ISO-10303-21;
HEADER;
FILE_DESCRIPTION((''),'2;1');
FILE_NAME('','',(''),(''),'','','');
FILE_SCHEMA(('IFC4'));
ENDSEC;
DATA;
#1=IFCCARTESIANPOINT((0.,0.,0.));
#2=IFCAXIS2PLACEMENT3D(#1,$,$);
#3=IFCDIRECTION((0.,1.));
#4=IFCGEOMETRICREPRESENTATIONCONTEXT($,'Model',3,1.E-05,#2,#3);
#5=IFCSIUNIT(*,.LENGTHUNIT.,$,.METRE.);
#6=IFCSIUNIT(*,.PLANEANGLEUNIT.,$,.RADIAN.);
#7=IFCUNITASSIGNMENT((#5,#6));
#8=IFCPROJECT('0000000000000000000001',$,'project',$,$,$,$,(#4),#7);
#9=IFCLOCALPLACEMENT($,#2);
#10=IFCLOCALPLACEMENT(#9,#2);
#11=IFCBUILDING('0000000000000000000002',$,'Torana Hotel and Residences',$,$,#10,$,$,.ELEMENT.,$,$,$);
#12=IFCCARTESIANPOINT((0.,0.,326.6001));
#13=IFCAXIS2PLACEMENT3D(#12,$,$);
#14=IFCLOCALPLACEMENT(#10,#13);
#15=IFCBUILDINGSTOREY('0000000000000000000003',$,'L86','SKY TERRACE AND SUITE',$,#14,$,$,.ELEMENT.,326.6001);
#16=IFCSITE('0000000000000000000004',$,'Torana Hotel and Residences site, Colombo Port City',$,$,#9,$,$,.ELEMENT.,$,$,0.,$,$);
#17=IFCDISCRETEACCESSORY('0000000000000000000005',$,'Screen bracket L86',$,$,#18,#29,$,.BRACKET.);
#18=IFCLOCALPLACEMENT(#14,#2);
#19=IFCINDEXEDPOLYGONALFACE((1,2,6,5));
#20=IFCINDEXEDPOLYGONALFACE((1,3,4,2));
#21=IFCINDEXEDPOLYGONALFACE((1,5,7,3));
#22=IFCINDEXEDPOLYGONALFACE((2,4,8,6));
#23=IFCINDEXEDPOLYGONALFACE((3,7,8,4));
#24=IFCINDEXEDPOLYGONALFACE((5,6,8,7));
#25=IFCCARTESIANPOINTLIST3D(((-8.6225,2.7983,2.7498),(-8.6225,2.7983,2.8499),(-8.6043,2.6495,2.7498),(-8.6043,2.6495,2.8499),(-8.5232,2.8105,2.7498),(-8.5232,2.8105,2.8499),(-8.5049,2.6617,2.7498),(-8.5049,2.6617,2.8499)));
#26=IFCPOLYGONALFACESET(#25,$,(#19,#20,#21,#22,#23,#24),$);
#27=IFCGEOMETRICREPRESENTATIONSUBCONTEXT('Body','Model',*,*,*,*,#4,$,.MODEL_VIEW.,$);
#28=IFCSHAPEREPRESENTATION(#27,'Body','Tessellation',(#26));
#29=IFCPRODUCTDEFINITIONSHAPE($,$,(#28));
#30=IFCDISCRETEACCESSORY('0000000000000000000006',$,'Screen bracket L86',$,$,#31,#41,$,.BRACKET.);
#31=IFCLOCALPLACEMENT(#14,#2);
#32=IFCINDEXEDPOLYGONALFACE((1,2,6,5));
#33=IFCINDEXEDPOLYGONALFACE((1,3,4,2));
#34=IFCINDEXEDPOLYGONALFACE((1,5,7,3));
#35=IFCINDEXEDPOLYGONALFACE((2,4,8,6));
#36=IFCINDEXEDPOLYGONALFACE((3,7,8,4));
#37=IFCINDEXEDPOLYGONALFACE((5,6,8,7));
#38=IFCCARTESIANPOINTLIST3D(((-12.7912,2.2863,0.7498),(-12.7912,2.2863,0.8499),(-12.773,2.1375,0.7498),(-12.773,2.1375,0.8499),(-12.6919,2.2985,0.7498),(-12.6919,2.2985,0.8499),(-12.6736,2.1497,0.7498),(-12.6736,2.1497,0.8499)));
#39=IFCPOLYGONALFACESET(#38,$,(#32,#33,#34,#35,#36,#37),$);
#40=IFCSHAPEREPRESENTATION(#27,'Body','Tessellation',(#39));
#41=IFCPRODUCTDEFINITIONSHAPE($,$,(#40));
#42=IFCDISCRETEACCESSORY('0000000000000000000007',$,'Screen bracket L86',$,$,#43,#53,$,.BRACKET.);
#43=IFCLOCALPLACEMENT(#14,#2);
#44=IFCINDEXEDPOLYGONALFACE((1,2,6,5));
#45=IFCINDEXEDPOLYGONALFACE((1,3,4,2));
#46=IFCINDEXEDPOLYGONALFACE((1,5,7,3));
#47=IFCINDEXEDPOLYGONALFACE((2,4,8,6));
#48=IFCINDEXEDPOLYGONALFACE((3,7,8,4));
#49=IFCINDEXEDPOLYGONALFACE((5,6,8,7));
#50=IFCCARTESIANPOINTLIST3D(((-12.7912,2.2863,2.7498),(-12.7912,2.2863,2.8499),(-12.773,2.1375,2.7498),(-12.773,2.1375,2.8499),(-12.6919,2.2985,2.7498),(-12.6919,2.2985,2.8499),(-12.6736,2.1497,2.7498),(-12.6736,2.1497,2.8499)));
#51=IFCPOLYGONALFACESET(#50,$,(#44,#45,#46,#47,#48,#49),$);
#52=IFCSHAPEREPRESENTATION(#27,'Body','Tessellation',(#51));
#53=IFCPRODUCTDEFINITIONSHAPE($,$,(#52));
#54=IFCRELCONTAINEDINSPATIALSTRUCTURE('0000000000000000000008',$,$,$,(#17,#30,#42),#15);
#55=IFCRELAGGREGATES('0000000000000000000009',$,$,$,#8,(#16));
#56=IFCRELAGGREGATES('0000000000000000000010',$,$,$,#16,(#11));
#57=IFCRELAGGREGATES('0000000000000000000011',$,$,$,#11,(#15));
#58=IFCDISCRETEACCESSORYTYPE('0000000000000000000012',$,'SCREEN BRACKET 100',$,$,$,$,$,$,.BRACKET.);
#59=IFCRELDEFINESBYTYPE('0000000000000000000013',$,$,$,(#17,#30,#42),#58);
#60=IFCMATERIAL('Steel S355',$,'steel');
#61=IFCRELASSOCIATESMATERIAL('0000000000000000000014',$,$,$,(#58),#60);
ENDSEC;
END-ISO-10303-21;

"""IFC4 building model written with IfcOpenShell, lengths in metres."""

from ifc_helpers import new_model, si_unit, direction, frame, origin, origin_2d, place, context, subcontext, project, spatial, rectangle, extrude, material, type_object, element, save


model = new_model("IFC4")

# Units and contexts
model_context = context("Model", 3, precision=1e-05, world=origin(), true_north=direction((0.0, 1.0)))
body_context = subcontext(model_context, "Body", "Model", "MODEL_VIEW")
ifc_project = project(units=[si_unit("LENGTHUNIT", "METRE"), si_unit("PLANEANGLEUNIT", "RADIAN")], contexts=[model_context])

# Site, building, storey
site_placement = place(None, origin())
site = spatial("IfcSite", under=ifc_project, at=site_placement, Name="Torana Hotel and Residences site, Colombo Port City", CompositionType="ELEMENT", RefElevation=0.0)
building_placement = place(site_placement, origin())
building = spatial("IfcBuilding", under=site, at=building_placement, Name="Torana Hotel and Residences", CompositionType="ELEMENT")
storey_placement = place(building_placement, frame((0.0, 0.0, 326.6001)))
storey = spatial("IfcBuildingStorey", under=building, at=storey_placement, Name="L86", Description="SKY TERRACE AND SUITE", CompositionType="ELEMENT", Elevation=326.6001)

# Discrete accessories
ifc_material_1 = material(Name="Steel S355", Category="steel")
discrete_accessory_type = type_object("IfcDiscreteAccessoryType", Name="SCREEN BRACKET 100", PredefinedType="BRACKET", material=ifc_material_1)
for number, where, z_axis, x_axis, name in (
    (1, (-8.5637, 2.73, 2.7498), (0.0, 0.0, 1.0), (-0.992547, -0.121866, 0.0), "Screen bracket L86"),
    (2, (-12.7324, 2.218, 0.7498), (0.0, 0.0, 1.0), (-0.992547, -0.121866, 0.0), "Screen bracket L86"),
    (3, (-12.7324, 2.218, 2.7498), (0.0, 0.0, 1.0), (-0.992547, -0.121866, 0.0), "Screen bracket L86"),
):
    element("IfcDiscreteAccessory", number, at=place(storey_placement, frame(where, z_axis=z_axis, x_axis=x_axis)), inside=storey, type_object=discrete_accessory_type, Name=name, PredefinedType="BRACKET", context=body_context, shape_type="SweptSolid", body=[
        extrude(rectangle(XDim=0.1001, YDim=0.1499, at=origin_2d()), origin(), (0.0, 0.0, 1.0), 0.1001),
    ])

save(model, "model.ifc")
